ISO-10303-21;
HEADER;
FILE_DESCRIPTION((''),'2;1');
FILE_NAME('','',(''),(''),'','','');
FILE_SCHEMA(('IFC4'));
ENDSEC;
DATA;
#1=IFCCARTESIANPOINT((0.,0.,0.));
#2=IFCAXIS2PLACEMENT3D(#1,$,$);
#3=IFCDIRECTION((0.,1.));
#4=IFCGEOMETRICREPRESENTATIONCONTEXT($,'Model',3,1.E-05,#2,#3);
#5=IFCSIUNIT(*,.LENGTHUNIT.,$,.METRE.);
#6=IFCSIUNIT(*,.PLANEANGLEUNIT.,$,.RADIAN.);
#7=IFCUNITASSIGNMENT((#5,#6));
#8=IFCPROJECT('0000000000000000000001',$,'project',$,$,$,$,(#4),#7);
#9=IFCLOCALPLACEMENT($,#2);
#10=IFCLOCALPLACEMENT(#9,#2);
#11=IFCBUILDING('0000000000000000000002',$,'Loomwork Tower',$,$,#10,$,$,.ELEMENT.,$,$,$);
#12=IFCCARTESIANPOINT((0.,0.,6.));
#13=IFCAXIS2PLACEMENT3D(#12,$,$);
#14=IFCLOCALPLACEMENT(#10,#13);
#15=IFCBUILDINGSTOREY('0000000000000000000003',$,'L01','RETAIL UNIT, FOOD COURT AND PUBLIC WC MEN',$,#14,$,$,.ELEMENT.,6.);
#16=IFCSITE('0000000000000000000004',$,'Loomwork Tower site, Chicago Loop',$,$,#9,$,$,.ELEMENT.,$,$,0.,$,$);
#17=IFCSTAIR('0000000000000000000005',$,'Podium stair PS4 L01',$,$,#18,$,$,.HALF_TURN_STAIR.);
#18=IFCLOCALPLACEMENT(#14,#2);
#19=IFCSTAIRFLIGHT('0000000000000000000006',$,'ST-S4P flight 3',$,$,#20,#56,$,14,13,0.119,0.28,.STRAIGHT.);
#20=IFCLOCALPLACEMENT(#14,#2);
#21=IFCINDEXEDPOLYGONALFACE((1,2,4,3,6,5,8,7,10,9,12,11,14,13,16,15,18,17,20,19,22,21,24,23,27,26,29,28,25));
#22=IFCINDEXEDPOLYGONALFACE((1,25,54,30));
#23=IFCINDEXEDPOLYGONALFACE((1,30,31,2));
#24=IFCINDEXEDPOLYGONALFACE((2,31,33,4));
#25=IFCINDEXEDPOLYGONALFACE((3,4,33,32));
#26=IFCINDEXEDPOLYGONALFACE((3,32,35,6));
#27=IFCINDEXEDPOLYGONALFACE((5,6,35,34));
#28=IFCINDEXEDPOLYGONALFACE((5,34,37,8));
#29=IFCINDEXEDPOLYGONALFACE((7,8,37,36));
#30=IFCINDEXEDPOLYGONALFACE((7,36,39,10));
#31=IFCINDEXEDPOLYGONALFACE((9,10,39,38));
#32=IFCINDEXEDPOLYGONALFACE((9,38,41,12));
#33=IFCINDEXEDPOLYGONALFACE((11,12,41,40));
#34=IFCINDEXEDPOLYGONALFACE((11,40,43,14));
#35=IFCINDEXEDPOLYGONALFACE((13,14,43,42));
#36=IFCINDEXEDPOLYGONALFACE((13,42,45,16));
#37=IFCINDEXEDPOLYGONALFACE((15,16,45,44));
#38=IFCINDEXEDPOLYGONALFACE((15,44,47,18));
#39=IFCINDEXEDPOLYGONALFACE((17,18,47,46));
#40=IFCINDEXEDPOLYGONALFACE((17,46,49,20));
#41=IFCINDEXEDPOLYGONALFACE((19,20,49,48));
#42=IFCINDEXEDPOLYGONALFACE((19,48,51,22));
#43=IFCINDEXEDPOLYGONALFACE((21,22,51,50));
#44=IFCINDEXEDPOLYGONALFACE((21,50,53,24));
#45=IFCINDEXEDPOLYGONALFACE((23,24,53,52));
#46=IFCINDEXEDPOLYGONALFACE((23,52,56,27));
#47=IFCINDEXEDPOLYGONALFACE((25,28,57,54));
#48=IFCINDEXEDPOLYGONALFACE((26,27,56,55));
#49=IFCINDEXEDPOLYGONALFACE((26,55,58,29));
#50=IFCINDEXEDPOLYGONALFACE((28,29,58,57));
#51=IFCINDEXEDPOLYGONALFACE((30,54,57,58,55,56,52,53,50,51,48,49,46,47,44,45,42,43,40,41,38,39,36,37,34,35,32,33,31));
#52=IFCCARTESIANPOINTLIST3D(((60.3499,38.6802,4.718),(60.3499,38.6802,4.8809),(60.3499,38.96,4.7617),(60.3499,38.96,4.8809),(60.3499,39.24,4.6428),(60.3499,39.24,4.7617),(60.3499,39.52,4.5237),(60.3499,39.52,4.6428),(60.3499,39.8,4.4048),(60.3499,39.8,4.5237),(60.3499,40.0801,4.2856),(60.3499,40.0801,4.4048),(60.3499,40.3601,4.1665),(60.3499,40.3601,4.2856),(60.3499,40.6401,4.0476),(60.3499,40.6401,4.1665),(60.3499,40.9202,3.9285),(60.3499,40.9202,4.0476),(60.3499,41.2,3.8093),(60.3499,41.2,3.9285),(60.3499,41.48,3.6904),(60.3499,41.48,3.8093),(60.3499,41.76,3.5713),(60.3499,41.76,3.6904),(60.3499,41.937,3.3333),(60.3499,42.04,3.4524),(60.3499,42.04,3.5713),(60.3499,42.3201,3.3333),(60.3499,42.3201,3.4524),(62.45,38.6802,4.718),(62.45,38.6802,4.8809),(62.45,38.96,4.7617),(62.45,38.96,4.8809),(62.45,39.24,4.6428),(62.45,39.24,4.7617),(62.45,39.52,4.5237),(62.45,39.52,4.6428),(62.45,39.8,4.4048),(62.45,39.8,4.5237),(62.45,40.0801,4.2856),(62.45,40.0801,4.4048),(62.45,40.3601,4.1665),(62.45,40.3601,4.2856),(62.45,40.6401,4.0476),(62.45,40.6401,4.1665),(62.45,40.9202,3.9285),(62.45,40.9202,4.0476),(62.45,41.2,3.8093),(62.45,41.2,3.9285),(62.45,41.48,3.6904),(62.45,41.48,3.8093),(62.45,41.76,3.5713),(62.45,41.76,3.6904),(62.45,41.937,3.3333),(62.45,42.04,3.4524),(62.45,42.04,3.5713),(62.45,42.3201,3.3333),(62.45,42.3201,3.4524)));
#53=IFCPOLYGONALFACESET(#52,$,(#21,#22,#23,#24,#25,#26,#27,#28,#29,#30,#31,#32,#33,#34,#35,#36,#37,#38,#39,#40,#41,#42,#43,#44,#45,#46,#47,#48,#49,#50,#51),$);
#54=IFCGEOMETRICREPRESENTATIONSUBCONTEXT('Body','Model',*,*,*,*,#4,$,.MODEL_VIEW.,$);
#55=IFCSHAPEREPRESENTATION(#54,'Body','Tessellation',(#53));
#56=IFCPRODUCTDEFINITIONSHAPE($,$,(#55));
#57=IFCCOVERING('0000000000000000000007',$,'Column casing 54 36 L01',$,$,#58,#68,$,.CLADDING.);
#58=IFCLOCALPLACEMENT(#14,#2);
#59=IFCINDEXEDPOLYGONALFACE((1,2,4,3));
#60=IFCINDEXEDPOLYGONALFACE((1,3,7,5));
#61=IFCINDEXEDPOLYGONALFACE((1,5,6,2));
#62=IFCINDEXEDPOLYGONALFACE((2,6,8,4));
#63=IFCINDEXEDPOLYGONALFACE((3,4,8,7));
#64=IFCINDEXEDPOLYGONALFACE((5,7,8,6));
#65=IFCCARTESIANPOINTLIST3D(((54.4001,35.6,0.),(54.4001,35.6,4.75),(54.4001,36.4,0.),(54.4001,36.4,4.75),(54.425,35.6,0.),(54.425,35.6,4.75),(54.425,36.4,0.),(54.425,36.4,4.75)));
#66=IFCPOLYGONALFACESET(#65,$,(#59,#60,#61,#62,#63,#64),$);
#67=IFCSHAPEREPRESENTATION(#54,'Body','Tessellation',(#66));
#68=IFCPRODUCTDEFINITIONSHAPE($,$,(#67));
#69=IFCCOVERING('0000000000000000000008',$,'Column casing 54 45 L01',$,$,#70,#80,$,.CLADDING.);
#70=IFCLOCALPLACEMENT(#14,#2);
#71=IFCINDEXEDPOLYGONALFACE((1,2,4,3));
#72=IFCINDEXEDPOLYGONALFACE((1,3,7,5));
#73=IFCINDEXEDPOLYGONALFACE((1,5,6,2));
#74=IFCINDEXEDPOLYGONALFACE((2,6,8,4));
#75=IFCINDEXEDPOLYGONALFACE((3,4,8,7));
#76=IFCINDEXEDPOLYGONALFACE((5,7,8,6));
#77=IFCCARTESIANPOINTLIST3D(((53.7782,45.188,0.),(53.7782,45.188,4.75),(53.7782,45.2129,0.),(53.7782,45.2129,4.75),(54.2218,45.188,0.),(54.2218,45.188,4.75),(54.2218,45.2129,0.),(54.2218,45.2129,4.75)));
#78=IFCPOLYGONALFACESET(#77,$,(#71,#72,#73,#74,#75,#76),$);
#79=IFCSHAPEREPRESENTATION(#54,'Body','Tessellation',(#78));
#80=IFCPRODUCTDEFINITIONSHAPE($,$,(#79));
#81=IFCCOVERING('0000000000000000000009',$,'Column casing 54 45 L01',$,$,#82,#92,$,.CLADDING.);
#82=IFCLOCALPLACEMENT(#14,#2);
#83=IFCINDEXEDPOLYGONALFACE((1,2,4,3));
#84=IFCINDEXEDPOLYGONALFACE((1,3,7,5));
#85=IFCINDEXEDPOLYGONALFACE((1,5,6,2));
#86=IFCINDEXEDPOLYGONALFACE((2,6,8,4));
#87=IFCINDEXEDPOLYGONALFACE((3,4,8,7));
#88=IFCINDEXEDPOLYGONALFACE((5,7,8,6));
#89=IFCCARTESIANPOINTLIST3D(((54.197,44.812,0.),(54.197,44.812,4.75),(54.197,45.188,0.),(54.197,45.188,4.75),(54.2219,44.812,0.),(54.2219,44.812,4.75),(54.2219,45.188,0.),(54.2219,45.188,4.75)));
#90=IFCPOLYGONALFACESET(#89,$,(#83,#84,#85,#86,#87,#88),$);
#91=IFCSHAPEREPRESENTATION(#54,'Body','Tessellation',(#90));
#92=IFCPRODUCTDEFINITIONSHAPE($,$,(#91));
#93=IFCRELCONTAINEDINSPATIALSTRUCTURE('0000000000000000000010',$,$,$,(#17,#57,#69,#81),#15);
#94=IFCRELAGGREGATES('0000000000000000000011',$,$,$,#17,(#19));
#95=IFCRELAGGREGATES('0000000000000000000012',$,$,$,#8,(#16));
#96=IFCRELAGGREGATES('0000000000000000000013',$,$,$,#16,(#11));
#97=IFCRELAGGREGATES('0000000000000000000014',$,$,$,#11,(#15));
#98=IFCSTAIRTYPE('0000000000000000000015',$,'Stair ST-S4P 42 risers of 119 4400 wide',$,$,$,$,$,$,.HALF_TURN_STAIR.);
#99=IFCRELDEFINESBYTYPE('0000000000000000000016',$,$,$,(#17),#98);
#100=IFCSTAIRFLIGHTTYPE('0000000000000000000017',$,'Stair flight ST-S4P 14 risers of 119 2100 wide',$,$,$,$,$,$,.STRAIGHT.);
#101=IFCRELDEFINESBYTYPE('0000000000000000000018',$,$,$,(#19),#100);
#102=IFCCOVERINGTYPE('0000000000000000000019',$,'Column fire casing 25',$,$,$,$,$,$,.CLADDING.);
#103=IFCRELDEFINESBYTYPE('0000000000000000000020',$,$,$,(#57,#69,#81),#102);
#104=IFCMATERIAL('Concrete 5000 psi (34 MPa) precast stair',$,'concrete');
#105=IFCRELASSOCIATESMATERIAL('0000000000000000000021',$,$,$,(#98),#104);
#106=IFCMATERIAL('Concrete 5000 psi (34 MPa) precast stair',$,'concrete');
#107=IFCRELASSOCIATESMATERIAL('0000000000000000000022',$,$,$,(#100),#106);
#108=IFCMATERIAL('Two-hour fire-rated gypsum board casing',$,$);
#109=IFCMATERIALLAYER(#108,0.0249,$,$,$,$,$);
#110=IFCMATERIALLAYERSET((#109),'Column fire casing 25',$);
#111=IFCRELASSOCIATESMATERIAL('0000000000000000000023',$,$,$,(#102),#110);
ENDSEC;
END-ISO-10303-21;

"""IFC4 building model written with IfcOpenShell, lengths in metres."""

from ifc_helpers import new_model, si_unit, direction, frame, origin, origin_2d, place, context, subcontext, project, spatial, polyline, rectangle, outline, extrude, material, layer, layer_set, type_object, element, aggregate, save


model = new_model("IFC4")

# Units and contexts
model_context = context("Model", 3, precision=1e-05, world=origin(), true_north=direction((0.0, 1.0)))
body_context = subcontext(model_context, "Body", "Model", "MODEL_VIEW")
ifc_project = project(units=[si_unit("LENGTHUNIT", "METRE"), si_unit("PLANEANGLEUNIT", "RADIAN")], contexts=[model_context])

# Site, building, storey
site_placement = place(None, origin())
site = spatial("IfcSite", under=ifc_project, at=site_placement, Name="Loomwork Tower site, Chicago Loop", CompositionType="ELEMENT", RefElevation=0.0)
building_placement = place(site_placement, origin())
building = spatial("IfcBuilding", under=site, at=building_placement, Name="Loomwork Tower", CompositionType="ELEMENT")
storey_placement = place(building_placement, frame((0.0, 0.0, 6.0)))
storey = spatial("IfcBuildingStorey", under=building, at=storey_placement, Name="L01", Description="RETAIL UNIT, FOOD COURT AND PUBLIC WC MEN", CompositionType="ELEMENT", Elevation=6.0)

# Stair, stair flight
ifc_material_1 = material(Name="Concrete 5000 psi (34 MPa) precast stair", Category="concrete")
stair_type = type_object("IfcStairType", Name="Stair ST-S4P 42 risers of 119 4400 wide", PredefinedType="HALF_TURN_STAIR", material=ifc_material_1)
stair_placement = place(storey_placement, origin())
stair = element("IfcStair", 1, at=stair_placement, inside=storey, type_object=stair_type, Name="Podium stair PS4 L01", PredefinedType="HALF_TURN_STAIR")
ifc_material_2 = material(Name="Concrete 5000 psi (34 MPa) precast stair", Category="concrete")
stair_flight_type = type_object("IfcStairFlightType", Name="Stair flight ST-S4P 14 risers of 119 2100 wide", PredefinedType="STRAIGHT", material=ifc_material_2)
stair_flight_1_placement = place(storey_placement, frame((61.3999, 42.3201, 3.3333), z_axis=(0.0, 0.0, 1.0), x_axis=(0.0, -1.0, 0.0)))
stair_flight_1 = element("IfcStairFlight", 2, at=stair_flight_1_placement, type_object=stair_flight_type, Name="ST-S4P flight 3", NumberOfRisers=14, NumberOfTreads=13, PredefinedType="STRAIGHT", RiserHeight=0.119, TreadLength=0.28, context=body_context, shape_type="SweptSolid", body=[
    extrude(outline(polyline([(0.0, 0.0), (0.0, 0.1191), (0.28, 0.1191), (0.28, 0.238), (0.5601, 0.238), (0.5601, 0.3572), (0.8401, 0.3572), (0.8401, 0.4761), (1.1201, 0.4761), (1.1201, 0.5952), (1.3999, 0.5952), (1.3999, 0.7144), (1.6799, 0.7144), (1.6799, 0.8333), (1.96, 0.8333), (1.96, 0.9524), (2.24, 0.9524), (2.24, 1.0715), (2.52, 1.0715), (2.52, 1.1904), (2.8, 1.1904), (2.8, 1.3096), (3.0801, 1.3096), (3.0801, 1.4285), (3.3601, 1.4285), (3.3601, 1.5476), (3.6399, 1.5476), (3.6399, 1.6667), (3.6399, 1.3848), (0.3831, 0.0), (0.0, 0.0)])), frame((0.0, 1.05, 0.0), z_axis=(0.0, -1.0, 0.0), x_axis=(1.0, 0.0, 0.0)), (0.0, 0.0, 1.0), 2.1001),
])
aggregate(stair, [stair_flight_1])

# Coverings
ifc_material_3 = material(Name="Two-hour fire-rated gypsum board casing")
ifc_layer_1 = layer(ifc_material_3, 0.0249)
ifc_layer_set_1 = layer_set([ifc_layer_1], Name="Column fire casing 25")
covering_type = type_object("IfcCoveringType", Name="Column fire casing 25", PredefinedType="CLADDING", material=ifc_layer_set_1)
covering_1_placement = place(storey_placement, frame((54.4126, 36.0, 0.0), z_axis=(0.0, 0.0, 1.0), x_axis=(1.0, 0.0, 0.0)))
element("IfcCovering", 3, at=covering_1_placement, inside=storey, type_object=covering_type, Name="Column casing 54 36 L01", PredefinedType="CLADDING", context=body_context, shape_type="SweptSolid", body=[
    extrude(rectangle(XDim=0.0249, YDim=0.8, at=origin_2d()), origin(), (0.0, 0.0, 1.0), 4.75),
])
covering_2_placement = place(storey_placement, frame((54.0, 45.2004, 0.0), z_axis=(0.0, 0.0, 1.0), x_axis=(1.0, 0.0, 0.0)))
element("IfcCovering", 4, at=covering_2_placement, inside=storey, type_object=covering_type, Name="Column casing 54 45 L01", PredefinedType="CLADDING", context=body_context, shape_type="SweptSolid", body=[
    extrude(rectangle(XDim=0.4436, YDim=0.0249, at=origin_2d()), origin(), (0.0, 0.0, 1.0), 4.75),
])
covering_3_placement = place(storey_placement, frame((54.2095, 45.0, 0.0), z_axis=(0.0, 0.0, 1.0), x_axis=(1.0, 0.0, 0.0)))
element("IfcCovering", 5, at=covering_3_placement, inside=storey, type_object=covering_type, Name="Column casing 54 45 L01", PredefinedType="CLADDING", context=body_context, shape_type="SweptSolid", body=[
    extrude(rectangle(XDim=0.0249, YDim=0.376, at=origin_2d()), origin(), (0.0, 0.0, 1.0), 4.75),
])

save(model, "model.ifc")
